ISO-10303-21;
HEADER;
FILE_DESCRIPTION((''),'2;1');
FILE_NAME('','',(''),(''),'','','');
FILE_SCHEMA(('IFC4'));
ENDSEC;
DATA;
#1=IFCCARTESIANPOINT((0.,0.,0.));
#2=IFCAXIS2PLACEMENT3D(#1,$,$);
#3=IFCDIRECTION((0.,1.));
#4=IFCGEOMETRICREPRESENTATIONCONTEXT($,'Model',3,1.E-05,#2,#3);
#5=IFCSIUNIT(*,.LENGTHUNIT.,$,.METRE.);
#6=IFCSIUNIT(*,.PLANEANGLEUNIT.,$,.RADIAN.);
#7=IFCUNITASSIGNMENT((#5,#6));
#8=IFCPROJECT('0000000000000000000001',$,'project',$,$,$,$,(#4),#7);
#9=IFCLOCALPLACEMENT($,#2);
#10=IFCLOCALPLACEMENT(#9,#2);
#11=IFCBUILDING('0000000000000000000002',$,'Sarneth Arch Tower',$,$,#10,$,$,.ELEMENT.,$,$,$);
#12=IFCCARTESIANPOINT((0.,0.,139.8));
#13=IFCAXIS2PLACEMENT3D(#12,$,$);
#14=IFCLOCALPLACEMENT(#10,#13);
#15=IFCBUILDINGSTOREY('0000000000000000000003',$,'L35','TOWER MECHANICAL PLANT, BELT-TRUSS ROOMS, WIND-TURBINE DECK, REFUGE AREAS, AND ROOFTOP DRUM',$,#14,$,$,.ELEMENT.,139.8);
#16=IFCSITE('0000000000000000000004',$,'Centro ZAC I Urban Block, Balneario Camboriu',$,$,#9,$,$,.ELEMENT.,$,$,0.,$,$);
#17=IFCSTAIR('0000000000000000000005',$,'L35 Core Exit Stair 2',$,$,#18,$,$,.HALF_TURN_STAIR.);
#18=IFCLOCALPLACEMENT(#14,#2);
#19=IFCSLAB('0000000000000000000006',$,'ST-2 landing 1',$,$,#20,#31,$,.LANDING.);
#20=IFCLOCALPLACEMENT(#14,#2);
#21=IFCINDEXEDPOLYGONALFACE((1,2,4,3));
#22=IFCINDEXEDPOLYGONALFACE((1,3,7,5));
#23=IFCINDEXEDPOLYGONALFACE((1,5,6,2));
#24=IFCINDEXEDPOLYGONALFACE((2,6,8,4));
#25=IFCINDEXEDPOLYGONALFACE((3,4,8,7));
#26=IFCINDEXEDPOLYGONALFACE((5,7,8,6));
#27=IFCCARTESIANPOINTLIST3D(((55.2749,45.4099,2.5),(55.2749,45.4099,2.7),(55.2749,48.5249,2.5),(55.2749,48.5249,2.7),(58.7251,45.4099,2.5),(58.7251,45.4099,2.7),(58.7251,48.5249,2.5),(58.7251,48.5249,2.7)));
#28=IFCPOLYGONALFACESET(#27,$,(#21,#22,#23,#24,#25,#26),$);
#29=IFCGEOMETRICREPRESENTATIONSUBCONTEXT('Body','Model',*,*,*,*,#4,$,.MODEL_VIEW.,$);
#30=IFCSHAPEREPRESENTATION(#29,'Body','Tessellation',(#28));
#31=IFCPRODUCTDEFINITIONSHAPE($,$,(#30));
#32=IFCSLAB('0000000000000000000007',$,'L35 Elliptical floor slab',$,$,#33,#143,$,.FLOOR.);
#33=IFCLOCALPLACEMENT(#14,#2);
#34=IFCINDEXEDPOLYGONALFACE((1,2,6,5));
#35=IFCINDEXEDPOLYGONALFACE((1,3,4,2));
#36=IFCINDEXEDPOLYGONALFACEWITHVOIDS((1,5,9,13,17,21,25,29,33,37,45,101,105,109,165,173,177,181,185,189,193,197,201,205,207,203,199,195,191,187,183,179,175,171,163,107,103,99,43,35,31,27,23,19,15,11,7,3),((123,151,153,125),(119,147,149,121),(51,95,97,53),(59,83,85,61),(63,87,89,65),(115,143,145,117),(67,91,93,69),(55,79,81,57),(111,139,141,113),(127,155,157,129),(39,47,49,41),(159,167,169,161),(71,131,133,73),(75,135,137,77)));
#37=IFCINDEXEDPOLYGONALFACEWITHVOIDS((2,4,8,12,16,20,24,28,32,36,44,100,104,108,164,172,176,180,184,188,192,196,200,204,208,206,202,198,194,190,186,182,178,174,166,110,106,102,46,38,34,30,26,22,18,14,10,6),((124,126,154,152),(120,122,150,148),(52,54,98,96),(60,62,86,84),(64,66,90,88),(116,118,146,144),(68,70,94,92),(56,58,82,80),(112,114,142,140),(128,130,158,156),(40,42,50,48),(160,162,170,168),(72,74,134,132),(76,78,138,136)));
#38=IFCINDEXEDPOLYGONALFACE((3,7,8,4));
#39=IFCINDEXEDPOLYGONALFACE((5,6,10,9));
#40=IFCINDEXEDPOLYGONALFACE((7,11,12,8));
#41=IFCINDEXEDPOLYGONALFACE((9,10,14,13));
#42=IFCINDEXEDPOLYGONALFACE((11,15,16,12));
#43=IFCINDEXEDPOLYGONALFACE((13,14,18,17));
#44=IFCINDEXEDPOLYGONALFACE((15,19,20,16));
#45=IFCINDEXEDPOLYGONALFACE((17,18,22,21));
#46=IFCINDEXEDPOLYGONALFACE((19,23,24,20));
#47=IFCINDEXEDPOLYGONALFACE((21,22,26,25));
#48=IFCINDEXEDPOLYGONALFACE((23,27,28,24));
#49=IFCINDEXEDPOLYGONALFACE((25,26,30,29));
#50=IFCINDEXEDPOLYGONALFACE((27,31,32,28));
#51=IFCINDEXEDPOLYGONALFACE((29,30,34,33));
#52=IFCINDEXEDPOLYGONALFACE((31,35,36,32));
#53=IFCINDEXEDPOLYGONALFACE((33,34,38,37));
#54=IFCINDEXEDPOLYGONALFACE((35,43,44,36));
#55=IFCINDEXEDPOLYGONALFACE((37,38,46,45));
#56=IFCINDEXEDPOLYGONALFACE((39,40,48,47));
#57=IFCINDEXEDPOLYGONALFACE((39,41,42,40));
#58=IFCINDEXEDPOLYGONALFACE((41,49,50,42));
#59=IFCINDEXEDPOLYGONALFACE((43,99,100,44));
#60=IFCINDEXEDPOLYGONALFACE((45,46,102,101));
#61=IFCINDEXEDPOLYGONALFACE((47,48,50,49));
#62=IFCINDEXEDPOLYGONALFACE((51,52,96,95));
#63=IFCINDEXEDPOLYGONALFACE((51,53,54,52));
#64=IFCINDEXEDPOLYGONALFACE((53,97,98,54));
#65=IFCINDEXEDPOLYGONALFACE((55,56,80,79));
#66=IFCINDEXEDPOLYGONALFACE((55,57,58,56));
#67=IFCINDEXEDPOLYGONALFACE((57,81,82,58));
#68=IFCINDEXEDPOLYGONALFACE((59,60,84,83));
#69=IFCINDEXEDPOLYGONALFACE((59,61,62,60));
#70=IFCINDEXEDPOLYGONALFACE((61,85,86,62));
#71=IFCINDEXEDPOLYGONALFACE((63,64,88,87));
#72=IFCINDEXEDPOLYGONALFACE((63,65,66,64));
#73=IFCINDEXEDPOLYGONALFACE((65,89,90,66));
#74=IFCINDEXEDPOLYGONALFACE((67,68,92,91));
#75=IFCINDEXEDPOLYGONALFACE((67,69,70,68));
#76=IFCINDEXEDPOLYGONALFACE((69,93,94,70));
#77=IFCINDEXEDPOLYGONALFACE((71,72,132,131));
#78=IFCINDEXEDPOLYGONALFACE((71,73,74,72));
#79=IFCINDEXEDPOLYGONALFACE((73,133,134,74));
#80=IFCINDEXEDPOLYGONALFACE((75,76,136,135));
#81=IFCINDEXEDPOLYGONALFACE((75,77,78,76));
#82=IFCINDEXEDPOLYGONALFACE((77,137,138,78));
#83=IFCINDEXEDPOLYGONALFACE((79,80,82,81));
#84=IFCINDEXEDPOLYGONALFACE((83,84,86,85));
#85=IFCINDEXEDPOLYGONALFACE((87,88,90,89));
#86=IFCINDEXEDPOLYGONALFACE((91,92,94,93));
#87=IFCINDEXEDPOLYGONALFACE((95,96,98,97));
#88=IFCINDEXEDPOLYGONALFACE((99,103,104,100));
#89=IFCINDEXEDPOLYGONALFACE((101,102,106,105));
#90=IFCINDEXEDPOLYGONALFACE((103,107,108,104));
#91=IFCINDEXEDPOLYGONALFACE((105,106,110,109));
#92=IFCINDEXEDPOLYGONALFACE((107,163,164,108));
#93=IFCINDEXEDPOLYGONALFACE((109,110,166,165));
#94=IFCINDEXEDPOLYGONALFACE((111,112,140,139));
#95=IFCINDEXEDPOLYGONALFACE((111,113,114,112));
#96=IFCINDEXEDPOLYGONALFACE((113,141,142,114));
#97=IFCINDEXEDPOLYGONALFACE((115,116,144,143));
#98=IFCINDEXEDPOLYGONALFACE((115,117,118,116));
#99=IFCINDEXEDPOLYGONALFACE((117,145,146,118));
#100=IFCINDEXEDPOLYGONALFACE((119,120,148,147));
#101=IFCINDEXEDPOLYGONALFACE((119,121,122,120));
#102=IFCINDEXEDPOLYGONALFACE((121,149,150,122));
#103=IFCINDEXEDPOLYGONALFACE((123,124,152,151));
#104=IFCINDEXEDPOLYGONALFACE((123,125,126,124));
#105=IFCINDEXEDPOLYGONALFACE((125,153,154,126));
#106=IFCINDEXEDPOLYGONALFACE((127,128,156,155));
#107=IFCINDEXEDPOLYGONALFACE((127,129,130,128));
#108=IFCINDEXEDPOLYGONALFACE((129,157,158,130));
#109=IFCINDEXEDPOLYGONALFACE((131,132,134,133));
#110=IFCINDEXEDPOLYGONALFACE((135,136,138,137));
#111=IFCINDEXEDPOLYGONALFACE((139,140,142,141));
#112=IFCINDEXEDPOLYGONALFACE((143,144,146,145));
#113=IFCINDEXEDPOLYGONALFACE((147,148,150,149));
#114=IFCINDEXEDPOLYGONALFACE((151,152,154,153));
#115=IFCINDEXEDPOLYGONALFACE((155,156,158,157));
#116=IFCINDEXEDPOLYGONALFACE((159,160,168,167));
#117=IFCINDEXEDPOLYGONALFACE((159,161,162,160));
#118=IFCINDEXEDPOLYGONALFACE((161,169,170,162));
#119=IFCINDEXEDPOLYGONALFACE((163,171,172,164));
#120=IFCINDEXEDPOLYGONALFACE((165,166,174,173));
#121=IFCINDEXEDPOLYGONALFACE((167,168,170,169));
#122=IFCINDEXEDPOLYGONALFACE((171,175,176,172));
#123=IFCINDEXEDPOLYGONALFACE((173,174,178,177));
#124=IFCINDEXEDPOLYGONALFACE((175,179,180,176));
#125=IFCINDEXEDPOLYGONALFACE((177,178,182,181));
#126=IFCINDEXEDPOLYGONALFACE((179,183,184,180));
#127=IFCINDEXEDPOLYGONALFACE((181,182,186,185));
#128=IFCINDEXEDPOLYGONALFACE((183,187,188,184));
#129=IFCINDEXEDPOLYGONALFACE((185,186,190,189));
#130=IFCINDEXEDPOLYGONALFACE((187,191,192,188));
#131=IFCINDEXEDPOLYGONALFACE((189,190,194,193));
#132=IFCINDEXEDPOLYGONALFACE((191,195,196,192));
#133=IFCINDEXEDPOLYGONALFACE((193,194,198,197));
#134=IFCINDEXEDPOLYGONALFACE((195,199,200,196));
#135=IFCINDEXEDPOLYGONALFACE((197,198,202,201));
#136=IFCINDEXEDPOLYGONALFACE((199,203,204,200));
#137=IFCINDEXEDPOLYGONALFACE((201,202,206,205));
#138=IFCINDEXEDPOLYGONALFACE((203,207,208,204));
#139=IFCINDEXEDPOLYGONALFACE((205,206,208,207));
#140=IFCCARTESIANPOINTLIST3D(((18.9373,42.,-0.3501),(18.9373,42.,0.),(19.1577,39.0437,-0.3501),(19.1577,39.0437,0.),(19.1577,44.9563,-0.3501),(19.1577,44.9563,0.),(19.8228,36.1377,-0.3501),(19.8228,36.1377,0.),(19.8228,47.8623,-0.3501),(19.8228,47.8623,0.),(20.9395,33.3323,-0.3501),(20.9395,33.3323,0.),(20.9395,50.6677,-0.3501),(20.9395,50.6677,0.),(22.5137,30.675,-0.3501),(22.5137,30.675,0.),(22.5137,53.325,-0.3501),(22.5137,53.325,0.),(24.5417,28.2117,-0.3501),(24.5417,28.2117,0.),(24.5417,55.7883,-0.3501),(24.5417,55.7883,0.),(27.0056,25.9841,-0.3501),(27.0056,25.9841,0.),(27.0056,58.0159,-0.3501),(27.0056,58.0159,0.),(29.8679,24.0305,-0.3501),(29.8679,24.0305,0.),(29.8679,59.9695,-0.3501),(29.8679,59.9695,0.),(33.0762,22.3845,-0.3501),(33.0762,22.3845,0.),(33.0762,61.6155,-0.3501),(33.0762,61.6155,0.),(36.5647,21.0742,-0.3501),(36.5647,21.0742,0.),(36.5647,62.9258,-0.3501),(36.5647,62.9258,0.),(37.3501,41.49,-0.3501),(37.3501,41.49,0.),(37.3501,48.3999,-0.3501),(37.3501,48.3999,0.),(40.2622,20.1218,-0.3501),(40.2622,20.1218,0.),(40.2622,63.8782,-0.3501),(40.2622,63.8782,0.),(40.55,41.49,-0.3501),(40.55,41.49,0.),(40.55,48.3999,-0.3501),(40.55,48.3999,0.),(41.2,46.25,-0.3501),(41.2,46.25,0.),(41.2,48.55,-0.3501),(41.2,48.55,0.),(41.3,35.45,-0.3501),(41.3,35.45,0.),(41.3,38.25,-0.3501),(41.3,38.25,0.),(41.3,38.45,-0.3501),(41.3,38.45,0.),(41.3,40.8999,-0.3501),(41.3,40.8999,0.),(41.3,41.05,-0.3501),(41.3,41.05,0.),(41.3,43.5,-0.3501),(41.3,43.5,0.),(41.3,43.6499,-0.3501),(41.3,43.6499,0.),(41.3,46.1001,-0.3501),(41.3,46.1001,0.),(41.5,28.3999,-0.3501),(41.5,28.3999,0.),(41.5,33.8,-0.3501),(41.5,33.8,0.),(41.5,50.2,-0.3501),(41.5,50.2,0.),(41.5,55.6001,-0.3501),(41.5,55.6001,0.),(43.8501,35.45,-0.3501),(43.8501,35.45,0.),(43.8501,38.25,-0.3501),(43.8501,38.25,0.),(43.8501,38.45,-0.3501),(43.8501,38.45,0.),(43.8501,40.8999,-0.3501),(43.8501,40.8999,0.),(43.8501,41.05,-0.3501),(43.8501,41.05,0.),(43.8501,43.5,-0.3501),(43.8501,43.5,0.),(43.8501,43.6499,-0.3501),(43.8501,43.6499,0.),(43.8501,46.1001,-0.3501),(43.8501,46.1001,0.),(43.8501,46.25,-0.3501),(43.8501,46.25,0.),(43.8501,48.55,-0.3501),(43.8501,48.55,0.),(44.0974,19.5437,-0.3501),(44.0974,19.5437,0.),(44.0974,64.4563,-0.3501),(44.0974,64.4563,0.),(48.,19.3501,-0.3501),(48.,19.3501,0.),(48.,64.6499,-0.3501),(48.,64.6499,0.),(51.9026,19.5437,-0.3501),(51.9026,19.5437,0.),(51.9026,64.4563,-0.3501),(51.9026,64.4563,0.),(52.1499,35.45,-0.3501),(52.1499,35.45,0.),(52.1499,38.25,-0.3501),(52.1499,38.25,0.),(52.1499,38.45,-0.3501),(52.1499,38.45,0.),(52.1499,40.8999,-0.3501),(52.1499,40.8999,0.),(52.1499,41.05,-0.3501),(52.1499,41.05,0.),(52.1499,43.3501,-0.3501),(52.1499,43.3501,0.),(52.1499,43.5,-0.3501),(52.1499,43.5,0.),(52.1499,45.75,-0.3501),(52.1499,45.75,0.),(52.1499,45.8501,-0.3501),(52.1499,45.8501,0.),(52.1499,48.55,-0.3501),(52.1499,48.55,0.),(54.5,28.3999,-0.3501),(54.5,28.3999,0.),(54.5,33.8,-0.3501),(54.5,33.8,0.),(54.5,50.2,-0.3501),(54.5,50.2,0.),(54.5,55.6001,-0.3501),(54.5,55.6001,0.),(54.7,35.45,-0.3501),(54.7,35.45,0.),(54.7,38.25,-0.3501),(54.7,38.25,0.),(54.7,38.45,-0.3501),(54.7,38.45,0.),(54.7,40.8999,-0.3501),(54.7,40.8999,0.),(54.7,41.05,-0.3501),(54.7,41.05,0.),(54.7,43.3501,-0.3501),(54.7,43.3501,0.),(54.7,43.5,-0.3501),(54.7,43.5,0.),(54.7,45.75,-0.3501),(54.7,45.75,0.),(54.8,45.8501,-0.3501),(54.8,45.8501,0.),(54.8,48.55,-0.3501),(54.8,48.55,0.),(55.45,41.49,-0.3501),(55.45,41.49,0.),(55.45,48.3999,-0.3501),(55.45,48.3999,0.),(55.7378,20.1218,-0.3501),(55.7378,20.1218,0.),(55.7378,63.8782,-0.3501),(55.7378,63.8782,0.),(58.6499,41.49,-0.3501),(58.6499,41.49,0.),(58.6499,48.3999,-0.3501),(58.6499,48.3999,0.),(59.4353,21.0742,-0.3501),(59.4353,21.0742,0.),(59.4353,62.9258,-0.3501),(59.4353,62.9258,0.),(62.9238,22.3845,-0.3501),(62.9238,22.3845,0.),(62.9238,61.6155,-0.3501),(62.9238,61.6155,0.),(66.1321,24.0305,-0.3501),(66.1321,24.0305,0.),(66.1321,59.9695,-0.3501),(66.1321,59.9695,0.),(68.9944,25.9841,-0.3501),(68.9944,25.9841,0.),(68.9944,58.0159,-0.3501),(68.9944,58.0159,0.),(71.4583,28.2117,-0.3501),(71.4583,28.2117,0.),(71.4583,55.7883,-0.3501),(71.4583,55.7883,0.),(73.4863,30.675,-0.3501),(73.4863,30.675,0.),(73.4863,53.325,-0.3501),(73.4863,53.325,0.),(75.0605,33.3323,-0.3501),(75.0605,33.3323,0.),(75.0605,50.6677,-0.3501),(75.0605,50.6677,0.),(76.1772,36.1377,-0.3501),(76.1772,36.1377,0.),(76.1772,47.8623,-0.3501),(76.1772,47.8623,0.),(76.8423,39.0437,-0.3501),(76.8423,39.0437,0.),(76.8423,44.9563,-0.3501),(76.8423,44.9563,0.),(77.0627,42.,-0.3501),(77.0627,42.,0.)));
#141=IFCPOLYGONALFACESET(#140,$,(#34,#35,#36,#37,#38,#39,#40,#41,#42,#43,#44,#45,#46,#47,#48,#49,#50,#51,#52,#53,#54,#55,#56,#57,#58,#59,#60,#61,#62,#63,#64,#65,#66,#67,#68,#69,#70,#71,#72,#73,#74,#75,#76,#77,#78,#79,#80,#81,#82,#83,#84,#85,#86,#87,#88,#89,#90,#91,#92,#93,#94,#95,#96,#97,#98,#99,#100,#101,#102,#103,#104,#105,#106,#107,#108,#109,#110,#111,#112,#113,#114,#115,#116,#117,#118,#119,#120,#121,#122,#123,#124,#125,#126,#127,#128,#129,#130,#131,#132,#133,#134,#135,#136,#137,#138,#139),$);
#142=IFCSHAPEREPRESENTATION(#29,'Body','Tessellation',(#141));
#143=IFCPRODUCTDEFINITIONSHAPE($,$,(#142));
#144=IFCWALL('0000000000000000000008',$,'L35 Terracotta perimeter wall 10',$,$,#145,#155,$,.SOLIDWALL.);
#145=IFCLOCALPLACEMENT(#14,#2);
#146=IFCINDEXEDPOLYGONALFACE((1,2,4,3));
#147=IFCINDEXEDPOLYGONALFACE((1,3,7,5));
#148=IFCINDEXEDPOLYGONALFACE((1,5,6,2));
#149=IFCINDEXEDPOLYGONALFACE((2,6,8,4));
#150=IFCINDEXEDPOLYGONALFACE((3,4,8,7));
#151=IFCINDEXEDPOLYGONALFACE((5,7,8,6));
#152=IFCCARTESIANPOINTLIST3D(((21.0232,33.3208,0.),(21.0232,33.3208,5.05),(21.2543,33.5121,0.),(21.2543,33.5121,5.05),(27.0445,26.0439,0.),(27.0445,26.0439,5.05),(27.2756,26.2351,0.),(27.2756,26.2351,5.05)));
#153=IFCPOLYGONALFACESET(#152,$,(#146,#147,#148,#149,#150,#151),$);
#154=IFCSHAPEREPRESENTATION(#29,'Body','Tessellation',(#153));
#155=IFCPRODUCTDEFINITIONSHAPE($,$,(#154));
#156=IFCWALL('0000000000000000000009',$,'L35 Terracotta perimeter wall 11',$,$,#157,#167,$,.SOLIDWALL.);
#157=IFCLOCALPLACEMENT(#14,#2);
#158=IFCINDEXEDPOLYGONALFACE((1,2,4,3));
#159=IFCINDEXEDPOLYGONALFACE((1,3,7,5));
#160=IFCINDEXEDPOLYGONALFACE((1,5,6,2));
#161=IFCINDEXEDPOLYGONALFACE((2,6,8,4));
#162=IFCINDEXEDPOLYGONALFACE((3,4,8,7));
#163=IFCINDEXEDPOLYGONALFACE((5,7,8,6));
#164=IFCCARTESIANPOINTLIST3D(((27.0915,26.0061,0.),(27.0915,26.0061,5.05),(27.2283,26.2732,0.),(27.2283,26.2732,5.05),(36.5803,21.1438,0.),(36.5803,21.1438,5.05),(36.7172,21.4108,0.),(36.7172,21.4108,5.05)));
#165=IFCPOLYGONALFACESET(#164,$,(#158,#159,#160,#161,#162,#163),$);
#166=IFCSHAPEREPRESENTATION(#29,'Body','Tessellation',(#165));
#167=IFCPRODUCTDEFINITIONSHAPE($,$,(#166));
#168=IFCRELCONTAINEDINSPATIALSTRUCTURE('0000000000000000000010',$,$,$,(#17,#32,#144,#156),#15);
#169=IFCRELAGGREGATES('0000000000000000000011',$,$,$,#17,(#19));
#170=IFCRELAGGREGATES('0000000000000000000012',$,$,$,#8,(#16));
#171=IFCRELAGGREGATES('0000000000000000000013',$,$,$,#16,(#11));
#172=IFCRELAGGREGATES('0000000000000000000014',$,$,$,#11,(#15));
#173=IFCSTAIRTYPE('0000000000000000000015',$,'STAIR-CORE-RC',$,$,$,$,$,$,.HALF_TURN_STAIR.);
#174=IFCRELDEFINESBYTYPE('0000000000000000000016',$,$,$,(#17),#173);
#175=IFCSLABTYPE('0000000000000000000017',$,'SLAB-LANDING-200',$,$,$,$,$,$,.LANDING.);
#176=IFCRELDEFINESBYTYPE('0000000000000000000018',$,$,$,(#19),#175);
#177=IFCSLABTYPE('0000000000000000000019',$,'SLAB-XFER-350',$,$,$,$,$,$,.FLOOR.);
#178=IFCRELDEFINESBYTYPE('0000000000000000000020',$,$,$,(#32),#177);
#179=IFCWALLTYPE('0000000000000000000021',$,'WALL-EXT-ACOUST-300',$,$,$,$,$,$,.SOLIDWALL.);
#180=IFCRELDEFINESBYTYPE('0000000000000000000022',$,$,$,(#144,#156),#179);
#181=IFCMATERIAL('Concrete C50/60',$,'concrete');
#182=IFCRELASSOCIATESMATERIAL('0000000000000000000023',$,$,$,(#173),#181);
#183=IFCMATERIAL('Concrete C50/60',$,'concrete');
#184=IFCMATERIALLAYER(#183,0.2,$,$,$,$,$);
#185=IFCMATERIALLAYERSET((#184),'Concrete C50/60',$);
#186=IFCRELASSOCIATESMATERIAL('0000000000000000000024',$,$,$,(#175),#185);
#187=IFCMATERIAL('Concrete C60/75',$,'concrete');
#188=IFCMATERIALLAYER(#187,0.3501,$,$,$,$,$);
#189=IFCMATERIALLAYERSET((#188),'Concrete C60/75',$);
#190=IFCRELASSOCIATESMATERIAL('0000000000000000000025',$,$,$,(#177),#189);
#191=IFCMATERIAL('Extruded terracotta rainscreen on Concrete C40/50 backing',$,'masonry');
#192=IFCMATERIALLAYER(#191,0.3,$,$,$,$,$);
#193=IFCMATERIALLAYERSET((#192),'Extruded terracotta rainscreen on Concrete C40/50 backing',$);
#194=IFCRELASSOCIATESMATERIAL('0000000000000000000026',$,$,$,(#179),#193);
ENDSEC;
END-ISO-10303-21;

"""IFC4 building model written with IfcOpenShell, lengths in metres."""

from ifc_helpers import new_model, si_unit, direction, frame, frame_2d, origin, place, context, subcontext, project, spatial, polyline, rectangle, outline, extrude, material, layer, layer_set, type_object, element, aggregate, save


model = new_model("IFC4")

# Units and contexts
model_context = context("Model", 3, precision=1e-05, world=origin(), true_north=direction((0.0, 1.0)))
body_context = subcontext(model_context, "Body", "Model", "MODEL_VIEW")
ifc_project = project(units=[si_unit("LENGTHUNIT", "METRE"), si_unit("PLANEANGLEUNIT", "RADIAN")], contexts=[model_context])

# Site, building, storey
site_placement = place(None, origin())
site = spatial("IfcSite", under=ifc_project, at=site_placement, Name="Centro ZAC I Urban Block, Balneario Camboriu", CompositionType="ELEMENT", RefElevation=0.0)
building_placement = place(site_placement, origin())
building = spatial("IfcBuilding", under=site, at=building_placement, Name="Sarneth Arch Tower", CompositionType="ELEMENT")
storey_placement = place(building_placement, frame((0.0, 0.0, 139.8)))
storey = spatial("IfcBuildingStorey", under=building, at=storey_placement, Name="L35", Description="TOWER MECHANICAL PLANT, BELT-TRUSS ROOMS, WIND-TURBINE DECK, REFUGE AREAS, AND ROOFTOP DRUM", CompositionType="ELEMENT", Elevation=139.8)

# Stair, slab
ifc_material_1 = material(Name="Concrete C50/60", Category="concrete")
stair_type = type_object("IfcStairType", Name="STAIR-CORE-RC", PredefinedType="HALF_TURN_STAIR", material=ifc_material_1)
ifc_material_2 = material(Name="Concrete C50/60", Category="concrete")
ifc_layer_1 = layer(ifc_material_2, 0.2)
ifc_layer_set_1 = layer_set([ifc_layer_1], Name="Concrete C50/60")
slab_type_1 = type_object("IfcSlabType", Name="SLAB-LANDING-200", PredefinedType="LANDING", material=ifc_layer_set_1)
stair_1_placement = place(storey_placement, origin())
stair_1 = element("IfcStair", 1, at=stair_1_placement, inside=storey, type_object=stair_type, Name="L35 Core Exit Stair 2", PredefinedType="HALF_TURN_STAIR")
slab_1_placement = place(storey_placement, frame((0.0, 0.0, 2.5)))
slab_1 = element("IfcSlab", 2, at=slab_1_placement, type_object=slab_type_1, Name="ST-2 landing 1", PredefinedType="LANDING", context=body_context, shape_type="SweptSolid", body=[
    extrude(outline(polyline([(55.2749, 45.4099), (58.7251, 45.4099), (58.7251, 48.5249), (55.2749, 48.5249), (55.2749, 45.4099)])), origin(), (0.0, 0.0, 1.0), 0.2),
])
aggregate(stair_1, [slab_1])

# Slab
ifc_material_3 = material(Name="Concrete C60/75", Category="concrete")
ifc_layer_2 = layer(ifc_material_3, 0.3501)
ifc_layer_set_2 = layer_set([ifc_layer_2], Name="Concrete C60/75")
slab_type_2 = type_object("IfcSlabType", Name="SLAB-XFER-350", PredefinedType="FLOOR", material=ifc_layer_set_2)
slab_2_placement = place(storey_placement, frame((0.0, 0.0, -0.3501)))
element("IfcSlab", 3, at=slab_2_placement, inside=storey, type_object=slab_type_2, Name="L35 Elliptical floor slab", PredefinedType="FLOOR", context=body_context, shape_type="SweptSolid", body=[
    extrude(outline(polyline([(77.0627, 42.0), (76.8423, 44.9563), (76.1772, 47.8623), (75.0605, 50.6677), (73.4863, 53.325), (71.4583, 55.7883), (68.9944, 58.0159), (66.1321, 59.9695), (62.9238, 61.6155), (59.4353, 62.9258), (55.7378, 63.8782), (51.9026, 64.4563), (48.0, 64.6499), (44.0974, 64.4563), (40.2622, 63.8782), (36.5647, 62.9258), (33.0762, 61.6155), (29.8679, 59.9695), (27.0056, 58.0159), (24.5417, 55.7883), (22.5137, 53.325), (20.9395, 50.6677), (19.8228, 47.8623), (19.1577, 44.9563), (18.9373, 42.0), (19.1577, 39.0437), (19.8228, 36.1377), (20.9395, 33.3323), (22.5137, 30.675), (24.5417, 28.2117), (27.0056, 25.9841), (29.8679, 24.0305), (33.0762, 22.3845), (36.5647, 21.0742), (40.2622, 20.1218), (44.0974, 19.5437), (48.0, 19.3501), (51.9026, 19.5437), (55.7378, 20.1218), (59.4353, 21.0742), (62.9238, 22.3845), (66.1321, 24.0305), (68.9944, 25.9841), (71.4583, 28.2117), (73.4863, 30.675), (75.0605, 33.3323), (76.1772, 36.1377), (76.8423, 39.0437), (77.0627, 42.0)]), holes=[polyline([(37.3501, 41.49), (40.55, 41.49), (40.55, 48.3999), (37.3501, 48.3999), (37.3501, 41.49)]), polyline([(55.45, 41.49), (58.6499, 41.49), (58.6499, 48.3999), (55.45, 48.3999), (55.45, 41.49)]), polyline([(41.2, 46.25), (43.8501, 46.25), (43.8501, 48.55), (41.2, 48.55), (41.2, 46.25)]), polyline([(41.3, 35.45), (43.8501, 35.45), (43.8501, 38.25), (41.3, 38.25), (41.3, 35.45)]), polyline([(52.1499, 35.45), (54.7, 35.45), (54.7, 38.25), (52.1499, 38.25), (52.1499, 35.45)]), polyline([(52.1499, 45.8501), (54.8, 45.8501), (54.8, 48.55), (52.1499, 48.55), (52.1499, 45.8501)]), polyline([(41.3, 38.45), (43.8501, 38.45), (43.8501, 40.8999), (41.3, 40.8999), (41.3, 38.45)]), polyline([(41.3, 41.05), (43.8501, 41.05), (43.8501, 43.5), (41.3, 43.5), (41.3, 41.05)]), polyline([(41.3, 43.6499), (43.8501, 43.6499), (43.8501, 46.1001), (41.3, 46.1001), (41.3, 43.6499)]), polyline([(52.1499, 38.45), (54.7, 38.45), (54.7, 40.8999), (52.1499, 40.8999), (52.1499, 38.45)]), polyline([(52.1499, 41.05), (54.7, 41.05), (54.7, 43.3501), (52.1499, 43.3501), (52.1499, 41.05)]), polyline([(52.1499, 43.5), (54.7, 43.5), (54.7, 45.75), (52.1499, 45.75), (52.1499, 43.5)]), polyline([(41.5, 50.2), (54.5, 50.2), (54.5, 55.6001), (41.5, 55.6001), (41.5, 50.2)]), polyline([(41.5, 28.3999), (54.5, 28.3999), (54.5, 33.8), (41.5, 33.8), (41.5, 28.3999)])]), origin(), (0.0, 0.0, 1.0), 0.3501),
])

# Walls
ifc_material_4 = material(Name="Extruded terracotta rainscreen on Concrete C40/50 backing", Category="masonry")
ifc_layer_3 = layer(ifc_material_4, 0.3)
ifc_layer_set_3 = layer_set([ifc_layer_3], Name="Extruded terracotta rainscreen on Concrete C40/50 backing")
wall_type = type_object("IfcWallType", Name="WALL-EXT-ACOUST-300", PredefinedType="SOLIDWALL", material=ifc_layer_set_3)
wall_1_placement = place(storey_placement, frame((21.1387, 33.4165, 0.0), z_axis=(0.0, 0.0, 1.0), x_axis=(0.637506, -0.770446, 0.0)))
element("IfcWall", 4, at=wall_1_placement, inside=storey, type_object=wall_type, Name="L35 Terracotta perimeter wall 10", PredefinedType="SOLIDWALL", context=body_context, shape_type="SweptSolid", body=[
    extrude(rectangle(XDim=9.4451, YDim=0.3, at=frame_2d((4.7227, 0.0))), origin(), (0.0, 0.0, 1.0), 5.05),
])
wall_2_placement = place(storey_placement, frame((27.1599, 26.1396, 0.0), z_axis=(0.0, 0.0, 1.0), x_axis=(0.88996, -0.45604, 0.0)))
element("IfcWall", 5, at=wall_2_placement, inside=storey, type_object=wall_type, Name="L35 Terracotta perimeter wall 11", PredefinedType="SOLIDWALL", context=body_context, shape_type="SweptSolid", body=[
    extrude(rectangle(XDim=10.6621, YDim=0.3, at=frame_2d((5.3311, 0.0))), origin(), (0.0, 0.0, 1.0), 5.05),
])

save(model, "model.ifc")
